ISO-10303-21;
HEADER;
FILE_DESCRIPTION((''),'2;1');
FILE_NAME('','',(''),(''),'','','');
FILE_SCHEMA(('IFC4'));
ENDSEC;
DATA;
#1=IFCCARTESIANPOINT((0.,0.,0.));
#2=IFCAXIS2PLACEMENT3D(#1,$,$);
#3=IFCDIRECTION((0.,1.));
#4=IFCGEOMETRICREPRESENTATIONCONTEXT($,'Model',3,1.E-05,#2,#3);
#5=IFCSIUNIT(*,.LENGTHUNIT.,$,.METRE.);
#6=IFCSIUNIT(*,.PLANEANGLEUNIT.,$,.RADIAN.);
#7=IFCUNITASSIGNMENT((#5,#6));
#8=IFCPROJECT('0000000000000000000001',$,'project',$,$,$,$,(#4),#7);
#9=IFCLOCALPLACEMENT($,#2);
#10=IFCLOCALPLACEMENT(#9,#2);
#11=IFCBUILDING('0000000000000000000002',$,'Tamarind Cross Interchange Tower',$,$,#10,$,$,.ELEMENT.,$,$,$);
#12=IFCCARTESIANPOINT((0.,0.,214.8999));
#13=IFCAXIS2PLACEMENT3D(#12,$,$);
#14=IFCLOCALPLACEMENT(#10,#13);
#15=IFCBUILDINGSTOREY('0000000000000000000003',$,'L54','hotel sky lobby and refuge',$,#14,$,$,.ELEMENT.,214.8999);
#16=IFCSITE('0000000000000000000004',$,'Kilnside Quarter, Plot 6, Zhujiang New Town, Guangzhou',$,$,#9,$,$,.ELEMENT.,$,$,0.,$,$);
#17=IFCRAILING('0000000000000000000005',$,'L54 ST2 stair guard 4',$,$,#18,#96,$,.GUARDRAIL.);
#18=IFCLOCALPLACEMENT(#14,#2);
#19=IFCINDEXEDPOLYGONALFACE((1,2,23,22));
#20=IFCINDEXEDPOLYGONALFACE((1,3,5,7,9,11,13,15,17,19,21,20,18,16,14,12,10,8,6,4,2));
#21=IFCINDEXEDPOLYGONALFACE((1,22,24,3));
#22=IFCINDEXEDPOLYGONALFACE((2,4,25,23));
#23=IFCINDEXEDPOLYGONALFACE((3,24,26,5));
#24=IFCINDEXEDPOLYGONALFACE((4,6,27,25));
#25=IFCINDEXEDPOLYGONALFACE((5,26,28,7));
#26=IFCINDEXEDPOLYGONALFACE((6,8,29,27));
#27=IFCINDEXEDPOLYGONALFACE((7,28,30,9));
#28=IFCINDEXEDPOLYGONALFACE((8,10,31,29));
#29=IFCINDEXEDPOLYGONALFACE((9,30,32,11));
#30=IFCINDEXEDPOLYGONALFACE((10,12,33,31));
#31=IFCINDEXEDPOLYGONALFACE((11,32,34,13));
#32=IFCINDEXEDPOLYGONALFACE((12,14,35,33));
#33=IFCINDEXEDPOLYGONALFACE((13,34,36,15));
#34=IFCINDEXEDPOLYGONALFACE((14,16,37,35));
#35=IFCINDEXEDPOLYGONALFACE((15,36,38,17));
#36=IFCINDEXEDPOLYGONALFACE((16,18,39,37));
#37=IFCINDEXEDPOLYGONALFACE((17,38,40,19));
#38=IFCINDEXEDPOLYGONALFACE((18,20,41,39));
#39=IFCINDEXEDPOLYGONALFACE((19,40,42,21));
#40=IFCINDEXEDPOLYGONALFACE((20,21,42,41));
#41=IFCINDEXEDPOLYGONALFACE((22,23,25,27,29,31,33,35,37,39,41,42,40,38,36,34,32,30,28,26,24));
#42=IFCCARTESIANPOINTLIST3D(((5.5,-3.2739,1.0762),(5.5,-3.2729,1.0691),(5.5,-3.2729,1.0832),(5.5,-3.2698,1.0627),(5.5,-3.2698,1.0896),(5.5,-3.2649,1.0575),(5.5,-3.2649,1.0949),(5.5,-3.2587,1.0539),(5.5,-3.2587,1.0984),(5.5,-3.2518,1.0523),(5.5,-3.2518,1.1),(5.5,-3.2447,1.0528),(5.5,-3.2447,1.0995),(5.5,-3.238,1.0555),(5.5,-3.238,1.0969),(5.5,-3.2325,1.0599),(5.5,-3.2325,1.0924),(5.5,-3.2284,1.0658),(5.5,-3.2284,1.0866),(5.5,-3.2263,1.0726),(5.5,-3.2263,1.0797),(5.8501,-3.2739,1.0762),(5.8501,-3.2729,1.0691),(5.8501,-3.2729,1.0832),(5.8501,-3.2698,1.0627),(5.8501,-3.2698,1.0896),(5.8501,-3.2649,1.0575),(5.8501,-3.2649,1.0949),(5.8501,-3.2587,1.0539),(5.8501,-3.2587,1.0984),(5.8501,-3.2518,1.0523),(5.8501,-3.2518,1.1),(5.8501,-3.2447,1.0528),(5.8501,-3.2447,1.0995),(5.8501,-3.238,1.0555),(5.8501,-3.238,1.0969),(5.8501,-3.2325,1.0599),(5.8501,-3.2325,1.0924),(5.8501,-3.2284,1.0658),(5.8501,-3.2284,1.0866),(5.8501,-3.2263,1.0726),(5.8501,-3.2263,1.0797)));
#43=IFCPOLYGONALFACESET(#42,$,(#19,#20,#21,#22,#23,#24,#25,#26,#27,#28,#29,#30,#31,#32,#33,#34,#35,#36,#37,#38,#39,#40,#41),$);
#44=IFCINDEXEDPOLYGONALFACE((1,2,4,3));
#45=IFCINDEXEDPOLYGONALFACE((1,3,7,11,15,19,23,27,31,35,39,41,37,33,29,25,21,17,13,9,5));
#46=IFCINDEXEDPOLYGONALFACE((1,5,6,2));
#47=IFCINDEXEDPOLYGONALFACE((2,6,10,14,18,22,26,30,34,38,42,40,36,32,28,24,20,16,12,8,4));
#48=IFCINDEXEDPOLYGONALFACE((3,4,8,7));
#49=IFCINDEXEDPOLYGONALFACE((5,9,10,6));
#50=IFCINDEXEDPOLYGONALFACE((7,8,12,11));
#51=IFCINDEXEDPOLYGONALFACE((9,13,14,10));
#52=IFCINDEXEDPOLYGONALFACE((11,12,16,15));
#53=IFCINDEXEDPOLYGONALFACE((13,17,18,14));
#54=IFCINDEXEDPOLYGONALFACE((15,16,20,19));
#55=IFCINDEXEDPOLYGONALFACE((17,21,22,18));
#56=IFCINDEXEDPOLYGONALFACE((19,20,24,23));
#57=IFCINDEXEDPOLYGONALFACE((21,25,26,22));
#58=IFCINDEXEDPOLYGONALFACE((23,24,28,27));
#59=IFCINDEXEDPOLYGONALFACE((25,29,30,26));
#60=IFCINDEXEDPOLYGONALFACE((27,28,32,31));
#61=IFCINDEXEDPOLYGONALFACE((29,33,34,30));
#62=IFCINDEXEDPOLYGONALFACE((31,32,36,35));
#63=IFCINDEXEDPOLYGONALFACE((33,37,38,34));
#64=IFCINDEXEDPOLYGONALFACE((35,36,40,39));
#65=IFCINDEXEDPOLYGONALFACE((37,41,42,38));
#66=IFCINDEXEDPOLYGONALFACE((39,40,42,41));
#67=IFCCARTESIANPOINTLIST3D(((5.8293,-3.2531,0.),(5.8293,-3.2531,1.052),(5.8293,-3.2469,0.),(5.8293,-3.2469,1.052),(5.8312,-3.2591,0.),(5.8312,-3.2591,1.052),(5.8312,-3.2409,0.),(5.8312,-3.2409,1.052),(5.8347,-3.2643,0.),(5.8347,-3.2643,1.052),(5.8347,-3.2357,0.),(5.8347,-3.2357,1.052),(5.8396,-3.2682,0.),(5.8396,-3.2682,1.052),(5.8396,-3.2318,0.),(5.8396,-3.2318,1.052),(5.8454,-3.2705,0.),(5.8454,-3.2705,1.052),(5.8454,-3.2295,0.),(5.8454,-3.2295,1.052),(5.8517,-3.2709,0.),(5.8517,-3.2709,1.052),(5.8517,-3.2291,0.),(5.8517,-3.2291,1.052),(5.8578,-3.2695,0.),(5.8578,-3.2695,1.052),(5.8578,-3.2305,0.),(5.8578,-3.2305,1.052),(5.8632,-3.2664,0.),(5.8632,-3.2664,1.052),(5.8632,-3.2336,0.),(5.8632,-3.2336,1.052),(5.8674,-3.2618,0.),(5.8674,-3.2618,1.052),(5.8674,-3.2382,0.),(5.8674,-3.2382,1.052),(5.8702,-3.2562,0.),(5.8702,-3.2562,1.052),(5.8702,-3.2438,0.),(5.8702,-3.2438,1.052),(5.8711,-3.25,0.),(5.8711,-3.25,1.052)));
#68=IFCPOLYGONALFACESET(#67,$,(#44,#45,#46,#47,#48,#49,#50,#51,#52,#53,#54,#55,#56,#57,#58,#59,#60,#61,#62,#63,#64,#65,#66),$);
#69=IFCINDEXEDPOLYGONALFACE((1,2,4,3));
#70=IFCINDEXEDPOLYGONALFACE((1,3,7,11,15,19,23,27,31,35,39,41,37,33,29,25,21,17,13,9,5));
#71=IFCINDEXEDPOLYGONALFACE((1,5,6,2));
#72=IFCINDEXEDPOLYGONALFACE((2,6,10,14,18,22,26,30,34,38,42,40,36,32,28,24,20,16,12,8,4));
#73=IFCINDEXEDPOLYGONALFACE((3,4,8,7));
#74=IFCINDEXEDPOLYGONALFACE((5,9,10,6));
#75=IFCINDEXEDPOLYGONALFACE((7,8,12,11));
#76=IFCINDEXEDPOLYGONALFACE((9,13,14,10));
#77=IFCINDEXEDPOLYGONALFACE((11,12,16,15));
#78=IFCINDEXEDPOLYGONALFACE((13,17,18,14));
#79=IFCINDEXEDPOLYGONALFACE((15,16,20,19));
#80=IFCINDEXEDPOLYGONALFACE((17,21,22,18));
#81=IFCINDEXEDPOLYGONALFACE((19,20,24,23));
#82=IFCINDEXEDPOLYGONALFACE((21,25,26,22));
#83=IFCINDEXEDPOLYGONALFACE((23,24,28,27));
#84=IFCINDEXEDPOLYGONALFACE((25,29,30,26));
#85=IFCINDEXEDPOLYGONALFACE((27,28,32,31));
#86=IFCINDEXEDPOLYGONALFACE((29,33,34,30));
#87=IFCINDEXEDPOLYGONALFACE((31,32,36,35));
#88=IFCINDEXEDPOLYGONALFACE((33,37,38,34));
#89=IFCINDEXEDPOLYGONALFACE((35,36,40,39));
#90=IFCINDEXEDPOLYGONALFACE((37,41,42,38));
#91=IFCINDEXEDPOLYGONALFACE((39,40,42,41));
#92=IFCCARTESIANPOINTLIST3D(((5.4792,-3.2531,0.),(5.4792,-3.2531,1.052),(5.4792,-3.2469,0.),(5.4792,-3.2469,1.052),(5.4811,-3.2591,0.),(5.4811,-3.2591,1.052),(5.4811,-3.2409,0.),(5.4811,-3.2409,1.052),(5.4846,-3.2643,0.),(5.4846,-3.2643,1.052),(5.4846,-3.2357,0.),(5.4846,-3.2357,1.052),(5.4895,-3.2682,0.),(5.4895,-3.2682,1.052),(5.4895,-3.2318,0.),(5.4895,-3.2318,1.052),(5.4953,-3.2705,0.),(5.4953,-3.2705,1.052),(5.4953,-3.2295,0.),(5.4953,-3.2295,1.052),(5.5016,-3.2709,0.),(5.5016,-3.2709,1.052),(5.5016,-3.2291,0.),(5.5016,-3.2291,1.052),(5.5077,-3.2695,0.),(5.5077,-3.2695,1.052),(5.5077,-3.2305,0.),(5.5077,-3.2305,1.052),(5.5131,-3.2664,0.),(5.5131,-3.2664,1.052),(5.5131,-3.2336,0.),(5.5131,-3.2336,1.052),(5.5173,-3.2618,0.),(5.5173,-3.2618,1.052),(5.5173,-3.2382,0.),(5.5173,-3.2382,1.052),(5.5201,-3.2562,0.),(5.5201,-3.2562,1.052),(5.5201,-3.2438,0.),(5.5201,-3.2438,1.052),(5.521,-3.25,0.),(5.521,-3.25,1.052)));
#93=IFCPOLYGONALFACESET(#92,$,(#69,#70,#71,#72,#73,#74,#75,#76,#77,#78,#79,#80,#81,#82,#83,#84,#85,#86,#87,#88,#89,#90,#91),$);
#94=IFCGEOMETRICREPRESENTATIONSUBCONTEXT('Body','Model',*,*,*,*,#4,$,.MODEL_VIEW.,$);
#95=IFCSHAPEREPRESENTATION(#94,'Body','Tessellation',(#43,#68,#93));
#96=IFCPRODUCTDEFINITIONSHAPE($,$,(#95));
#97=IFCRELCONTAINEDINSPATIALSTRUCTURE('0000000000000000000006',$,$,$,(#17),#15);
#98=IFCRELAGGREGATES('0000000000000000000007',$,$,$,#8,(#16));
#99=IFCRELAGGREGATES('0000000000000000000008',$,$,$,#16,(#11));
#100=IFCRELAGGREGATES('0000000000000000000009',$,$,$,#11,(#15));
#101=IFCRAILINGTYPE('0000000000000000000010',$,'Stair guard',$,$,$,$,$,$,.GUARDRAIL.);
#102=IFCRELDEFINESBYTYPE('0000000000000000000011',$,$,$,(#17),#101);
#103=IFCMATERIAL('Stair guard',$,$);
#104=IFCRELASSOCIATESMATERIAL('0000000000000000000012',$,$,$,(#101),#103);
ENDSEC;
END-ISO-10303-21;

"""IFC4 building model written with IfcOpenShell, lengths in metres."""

from ifc_helpers import new_model, si_unit, direction, frame, origin, origin_2d, place, context, subcontext, project, spatial, circle, extrude, material, type_object, element, save


model = new_model("IFC4")

# Units and contexts
model_context = context("Model", 3, precision=1e-05, world=origin(), true_north=direction((0.0, 1.0)))
body_context = subcontext(model_context, "Body", "Model", "MODEL_VIEW")
ifc_project = project(units=[si_unit("LENGTHUNIT", "METRE"), si_unit("PLANEANGLEUNIT", "RADIAN")], contexts=[model_context])

# Site, building, storey
site_placement = place(None, origin())
site = spatial("IfcSite", under=ifc_project, at=site_placement, Name="Kilnside Quarter, Plot 6, Zhujiang New Town, Guangzhou", CompositionType="ELEMENT", RefElevation=0.0)
building_placement = place(site_placement, origin())
building = spatial("IfcBuilding", under=site, at=building_placement, Name="Tamarind Cross Interchange Tower", CompositionType="ELEMENT")
storey_placement = place(building_placement, frame((0.0, 0.0, 214.8999)))
storey = spatial("IfcBuildingStorey", under=building, at=storey_placement, Name="L54", Description="hotel sky lobby and refuge", CompositionType="ELEMENT", Elevation=214.8999)

# Railing
ifc_material_1 = material(Name="Stair guard")
railing_type_1 = type_object("IfcRailingType", Name="Stair guard", PredefinedType="GUARDRAIL", material=ifc_material_1)
railing_1_placement = place(storey_placement, frame((5.8501, -3.25, 0.0)))
element("IfcRailing", 1, at=railing_1_placement, inside=storey, type_object=railing_type_1, Name="L54 ST2 stair guard 4", PredefinedType="GUARDRAIL", context=body_context, shape_type="SweptSolid", body=[
    extrude(circle(Radius=0.0239, at=origin_2d()), frame((0.0, 0.0, 1.0762), z_axis=(-1.0, 0.0, 0.0), x_axis=(0.0, -1.0, 0.0)), (0.0, 0.0, 1.0), 0.3501),
    extrude(circle(Radius=0.021, at=origin_2d()), origin(), (0.0, 0.0, 1.0), 1.052),
    extrude(circle(Radius=0.021, at=origin_2d()), frame((-0.3501, 0.0, 0.0)), (0.0, 0.0, 1.0), 1.052),
])

save(model, "model.ifc")
